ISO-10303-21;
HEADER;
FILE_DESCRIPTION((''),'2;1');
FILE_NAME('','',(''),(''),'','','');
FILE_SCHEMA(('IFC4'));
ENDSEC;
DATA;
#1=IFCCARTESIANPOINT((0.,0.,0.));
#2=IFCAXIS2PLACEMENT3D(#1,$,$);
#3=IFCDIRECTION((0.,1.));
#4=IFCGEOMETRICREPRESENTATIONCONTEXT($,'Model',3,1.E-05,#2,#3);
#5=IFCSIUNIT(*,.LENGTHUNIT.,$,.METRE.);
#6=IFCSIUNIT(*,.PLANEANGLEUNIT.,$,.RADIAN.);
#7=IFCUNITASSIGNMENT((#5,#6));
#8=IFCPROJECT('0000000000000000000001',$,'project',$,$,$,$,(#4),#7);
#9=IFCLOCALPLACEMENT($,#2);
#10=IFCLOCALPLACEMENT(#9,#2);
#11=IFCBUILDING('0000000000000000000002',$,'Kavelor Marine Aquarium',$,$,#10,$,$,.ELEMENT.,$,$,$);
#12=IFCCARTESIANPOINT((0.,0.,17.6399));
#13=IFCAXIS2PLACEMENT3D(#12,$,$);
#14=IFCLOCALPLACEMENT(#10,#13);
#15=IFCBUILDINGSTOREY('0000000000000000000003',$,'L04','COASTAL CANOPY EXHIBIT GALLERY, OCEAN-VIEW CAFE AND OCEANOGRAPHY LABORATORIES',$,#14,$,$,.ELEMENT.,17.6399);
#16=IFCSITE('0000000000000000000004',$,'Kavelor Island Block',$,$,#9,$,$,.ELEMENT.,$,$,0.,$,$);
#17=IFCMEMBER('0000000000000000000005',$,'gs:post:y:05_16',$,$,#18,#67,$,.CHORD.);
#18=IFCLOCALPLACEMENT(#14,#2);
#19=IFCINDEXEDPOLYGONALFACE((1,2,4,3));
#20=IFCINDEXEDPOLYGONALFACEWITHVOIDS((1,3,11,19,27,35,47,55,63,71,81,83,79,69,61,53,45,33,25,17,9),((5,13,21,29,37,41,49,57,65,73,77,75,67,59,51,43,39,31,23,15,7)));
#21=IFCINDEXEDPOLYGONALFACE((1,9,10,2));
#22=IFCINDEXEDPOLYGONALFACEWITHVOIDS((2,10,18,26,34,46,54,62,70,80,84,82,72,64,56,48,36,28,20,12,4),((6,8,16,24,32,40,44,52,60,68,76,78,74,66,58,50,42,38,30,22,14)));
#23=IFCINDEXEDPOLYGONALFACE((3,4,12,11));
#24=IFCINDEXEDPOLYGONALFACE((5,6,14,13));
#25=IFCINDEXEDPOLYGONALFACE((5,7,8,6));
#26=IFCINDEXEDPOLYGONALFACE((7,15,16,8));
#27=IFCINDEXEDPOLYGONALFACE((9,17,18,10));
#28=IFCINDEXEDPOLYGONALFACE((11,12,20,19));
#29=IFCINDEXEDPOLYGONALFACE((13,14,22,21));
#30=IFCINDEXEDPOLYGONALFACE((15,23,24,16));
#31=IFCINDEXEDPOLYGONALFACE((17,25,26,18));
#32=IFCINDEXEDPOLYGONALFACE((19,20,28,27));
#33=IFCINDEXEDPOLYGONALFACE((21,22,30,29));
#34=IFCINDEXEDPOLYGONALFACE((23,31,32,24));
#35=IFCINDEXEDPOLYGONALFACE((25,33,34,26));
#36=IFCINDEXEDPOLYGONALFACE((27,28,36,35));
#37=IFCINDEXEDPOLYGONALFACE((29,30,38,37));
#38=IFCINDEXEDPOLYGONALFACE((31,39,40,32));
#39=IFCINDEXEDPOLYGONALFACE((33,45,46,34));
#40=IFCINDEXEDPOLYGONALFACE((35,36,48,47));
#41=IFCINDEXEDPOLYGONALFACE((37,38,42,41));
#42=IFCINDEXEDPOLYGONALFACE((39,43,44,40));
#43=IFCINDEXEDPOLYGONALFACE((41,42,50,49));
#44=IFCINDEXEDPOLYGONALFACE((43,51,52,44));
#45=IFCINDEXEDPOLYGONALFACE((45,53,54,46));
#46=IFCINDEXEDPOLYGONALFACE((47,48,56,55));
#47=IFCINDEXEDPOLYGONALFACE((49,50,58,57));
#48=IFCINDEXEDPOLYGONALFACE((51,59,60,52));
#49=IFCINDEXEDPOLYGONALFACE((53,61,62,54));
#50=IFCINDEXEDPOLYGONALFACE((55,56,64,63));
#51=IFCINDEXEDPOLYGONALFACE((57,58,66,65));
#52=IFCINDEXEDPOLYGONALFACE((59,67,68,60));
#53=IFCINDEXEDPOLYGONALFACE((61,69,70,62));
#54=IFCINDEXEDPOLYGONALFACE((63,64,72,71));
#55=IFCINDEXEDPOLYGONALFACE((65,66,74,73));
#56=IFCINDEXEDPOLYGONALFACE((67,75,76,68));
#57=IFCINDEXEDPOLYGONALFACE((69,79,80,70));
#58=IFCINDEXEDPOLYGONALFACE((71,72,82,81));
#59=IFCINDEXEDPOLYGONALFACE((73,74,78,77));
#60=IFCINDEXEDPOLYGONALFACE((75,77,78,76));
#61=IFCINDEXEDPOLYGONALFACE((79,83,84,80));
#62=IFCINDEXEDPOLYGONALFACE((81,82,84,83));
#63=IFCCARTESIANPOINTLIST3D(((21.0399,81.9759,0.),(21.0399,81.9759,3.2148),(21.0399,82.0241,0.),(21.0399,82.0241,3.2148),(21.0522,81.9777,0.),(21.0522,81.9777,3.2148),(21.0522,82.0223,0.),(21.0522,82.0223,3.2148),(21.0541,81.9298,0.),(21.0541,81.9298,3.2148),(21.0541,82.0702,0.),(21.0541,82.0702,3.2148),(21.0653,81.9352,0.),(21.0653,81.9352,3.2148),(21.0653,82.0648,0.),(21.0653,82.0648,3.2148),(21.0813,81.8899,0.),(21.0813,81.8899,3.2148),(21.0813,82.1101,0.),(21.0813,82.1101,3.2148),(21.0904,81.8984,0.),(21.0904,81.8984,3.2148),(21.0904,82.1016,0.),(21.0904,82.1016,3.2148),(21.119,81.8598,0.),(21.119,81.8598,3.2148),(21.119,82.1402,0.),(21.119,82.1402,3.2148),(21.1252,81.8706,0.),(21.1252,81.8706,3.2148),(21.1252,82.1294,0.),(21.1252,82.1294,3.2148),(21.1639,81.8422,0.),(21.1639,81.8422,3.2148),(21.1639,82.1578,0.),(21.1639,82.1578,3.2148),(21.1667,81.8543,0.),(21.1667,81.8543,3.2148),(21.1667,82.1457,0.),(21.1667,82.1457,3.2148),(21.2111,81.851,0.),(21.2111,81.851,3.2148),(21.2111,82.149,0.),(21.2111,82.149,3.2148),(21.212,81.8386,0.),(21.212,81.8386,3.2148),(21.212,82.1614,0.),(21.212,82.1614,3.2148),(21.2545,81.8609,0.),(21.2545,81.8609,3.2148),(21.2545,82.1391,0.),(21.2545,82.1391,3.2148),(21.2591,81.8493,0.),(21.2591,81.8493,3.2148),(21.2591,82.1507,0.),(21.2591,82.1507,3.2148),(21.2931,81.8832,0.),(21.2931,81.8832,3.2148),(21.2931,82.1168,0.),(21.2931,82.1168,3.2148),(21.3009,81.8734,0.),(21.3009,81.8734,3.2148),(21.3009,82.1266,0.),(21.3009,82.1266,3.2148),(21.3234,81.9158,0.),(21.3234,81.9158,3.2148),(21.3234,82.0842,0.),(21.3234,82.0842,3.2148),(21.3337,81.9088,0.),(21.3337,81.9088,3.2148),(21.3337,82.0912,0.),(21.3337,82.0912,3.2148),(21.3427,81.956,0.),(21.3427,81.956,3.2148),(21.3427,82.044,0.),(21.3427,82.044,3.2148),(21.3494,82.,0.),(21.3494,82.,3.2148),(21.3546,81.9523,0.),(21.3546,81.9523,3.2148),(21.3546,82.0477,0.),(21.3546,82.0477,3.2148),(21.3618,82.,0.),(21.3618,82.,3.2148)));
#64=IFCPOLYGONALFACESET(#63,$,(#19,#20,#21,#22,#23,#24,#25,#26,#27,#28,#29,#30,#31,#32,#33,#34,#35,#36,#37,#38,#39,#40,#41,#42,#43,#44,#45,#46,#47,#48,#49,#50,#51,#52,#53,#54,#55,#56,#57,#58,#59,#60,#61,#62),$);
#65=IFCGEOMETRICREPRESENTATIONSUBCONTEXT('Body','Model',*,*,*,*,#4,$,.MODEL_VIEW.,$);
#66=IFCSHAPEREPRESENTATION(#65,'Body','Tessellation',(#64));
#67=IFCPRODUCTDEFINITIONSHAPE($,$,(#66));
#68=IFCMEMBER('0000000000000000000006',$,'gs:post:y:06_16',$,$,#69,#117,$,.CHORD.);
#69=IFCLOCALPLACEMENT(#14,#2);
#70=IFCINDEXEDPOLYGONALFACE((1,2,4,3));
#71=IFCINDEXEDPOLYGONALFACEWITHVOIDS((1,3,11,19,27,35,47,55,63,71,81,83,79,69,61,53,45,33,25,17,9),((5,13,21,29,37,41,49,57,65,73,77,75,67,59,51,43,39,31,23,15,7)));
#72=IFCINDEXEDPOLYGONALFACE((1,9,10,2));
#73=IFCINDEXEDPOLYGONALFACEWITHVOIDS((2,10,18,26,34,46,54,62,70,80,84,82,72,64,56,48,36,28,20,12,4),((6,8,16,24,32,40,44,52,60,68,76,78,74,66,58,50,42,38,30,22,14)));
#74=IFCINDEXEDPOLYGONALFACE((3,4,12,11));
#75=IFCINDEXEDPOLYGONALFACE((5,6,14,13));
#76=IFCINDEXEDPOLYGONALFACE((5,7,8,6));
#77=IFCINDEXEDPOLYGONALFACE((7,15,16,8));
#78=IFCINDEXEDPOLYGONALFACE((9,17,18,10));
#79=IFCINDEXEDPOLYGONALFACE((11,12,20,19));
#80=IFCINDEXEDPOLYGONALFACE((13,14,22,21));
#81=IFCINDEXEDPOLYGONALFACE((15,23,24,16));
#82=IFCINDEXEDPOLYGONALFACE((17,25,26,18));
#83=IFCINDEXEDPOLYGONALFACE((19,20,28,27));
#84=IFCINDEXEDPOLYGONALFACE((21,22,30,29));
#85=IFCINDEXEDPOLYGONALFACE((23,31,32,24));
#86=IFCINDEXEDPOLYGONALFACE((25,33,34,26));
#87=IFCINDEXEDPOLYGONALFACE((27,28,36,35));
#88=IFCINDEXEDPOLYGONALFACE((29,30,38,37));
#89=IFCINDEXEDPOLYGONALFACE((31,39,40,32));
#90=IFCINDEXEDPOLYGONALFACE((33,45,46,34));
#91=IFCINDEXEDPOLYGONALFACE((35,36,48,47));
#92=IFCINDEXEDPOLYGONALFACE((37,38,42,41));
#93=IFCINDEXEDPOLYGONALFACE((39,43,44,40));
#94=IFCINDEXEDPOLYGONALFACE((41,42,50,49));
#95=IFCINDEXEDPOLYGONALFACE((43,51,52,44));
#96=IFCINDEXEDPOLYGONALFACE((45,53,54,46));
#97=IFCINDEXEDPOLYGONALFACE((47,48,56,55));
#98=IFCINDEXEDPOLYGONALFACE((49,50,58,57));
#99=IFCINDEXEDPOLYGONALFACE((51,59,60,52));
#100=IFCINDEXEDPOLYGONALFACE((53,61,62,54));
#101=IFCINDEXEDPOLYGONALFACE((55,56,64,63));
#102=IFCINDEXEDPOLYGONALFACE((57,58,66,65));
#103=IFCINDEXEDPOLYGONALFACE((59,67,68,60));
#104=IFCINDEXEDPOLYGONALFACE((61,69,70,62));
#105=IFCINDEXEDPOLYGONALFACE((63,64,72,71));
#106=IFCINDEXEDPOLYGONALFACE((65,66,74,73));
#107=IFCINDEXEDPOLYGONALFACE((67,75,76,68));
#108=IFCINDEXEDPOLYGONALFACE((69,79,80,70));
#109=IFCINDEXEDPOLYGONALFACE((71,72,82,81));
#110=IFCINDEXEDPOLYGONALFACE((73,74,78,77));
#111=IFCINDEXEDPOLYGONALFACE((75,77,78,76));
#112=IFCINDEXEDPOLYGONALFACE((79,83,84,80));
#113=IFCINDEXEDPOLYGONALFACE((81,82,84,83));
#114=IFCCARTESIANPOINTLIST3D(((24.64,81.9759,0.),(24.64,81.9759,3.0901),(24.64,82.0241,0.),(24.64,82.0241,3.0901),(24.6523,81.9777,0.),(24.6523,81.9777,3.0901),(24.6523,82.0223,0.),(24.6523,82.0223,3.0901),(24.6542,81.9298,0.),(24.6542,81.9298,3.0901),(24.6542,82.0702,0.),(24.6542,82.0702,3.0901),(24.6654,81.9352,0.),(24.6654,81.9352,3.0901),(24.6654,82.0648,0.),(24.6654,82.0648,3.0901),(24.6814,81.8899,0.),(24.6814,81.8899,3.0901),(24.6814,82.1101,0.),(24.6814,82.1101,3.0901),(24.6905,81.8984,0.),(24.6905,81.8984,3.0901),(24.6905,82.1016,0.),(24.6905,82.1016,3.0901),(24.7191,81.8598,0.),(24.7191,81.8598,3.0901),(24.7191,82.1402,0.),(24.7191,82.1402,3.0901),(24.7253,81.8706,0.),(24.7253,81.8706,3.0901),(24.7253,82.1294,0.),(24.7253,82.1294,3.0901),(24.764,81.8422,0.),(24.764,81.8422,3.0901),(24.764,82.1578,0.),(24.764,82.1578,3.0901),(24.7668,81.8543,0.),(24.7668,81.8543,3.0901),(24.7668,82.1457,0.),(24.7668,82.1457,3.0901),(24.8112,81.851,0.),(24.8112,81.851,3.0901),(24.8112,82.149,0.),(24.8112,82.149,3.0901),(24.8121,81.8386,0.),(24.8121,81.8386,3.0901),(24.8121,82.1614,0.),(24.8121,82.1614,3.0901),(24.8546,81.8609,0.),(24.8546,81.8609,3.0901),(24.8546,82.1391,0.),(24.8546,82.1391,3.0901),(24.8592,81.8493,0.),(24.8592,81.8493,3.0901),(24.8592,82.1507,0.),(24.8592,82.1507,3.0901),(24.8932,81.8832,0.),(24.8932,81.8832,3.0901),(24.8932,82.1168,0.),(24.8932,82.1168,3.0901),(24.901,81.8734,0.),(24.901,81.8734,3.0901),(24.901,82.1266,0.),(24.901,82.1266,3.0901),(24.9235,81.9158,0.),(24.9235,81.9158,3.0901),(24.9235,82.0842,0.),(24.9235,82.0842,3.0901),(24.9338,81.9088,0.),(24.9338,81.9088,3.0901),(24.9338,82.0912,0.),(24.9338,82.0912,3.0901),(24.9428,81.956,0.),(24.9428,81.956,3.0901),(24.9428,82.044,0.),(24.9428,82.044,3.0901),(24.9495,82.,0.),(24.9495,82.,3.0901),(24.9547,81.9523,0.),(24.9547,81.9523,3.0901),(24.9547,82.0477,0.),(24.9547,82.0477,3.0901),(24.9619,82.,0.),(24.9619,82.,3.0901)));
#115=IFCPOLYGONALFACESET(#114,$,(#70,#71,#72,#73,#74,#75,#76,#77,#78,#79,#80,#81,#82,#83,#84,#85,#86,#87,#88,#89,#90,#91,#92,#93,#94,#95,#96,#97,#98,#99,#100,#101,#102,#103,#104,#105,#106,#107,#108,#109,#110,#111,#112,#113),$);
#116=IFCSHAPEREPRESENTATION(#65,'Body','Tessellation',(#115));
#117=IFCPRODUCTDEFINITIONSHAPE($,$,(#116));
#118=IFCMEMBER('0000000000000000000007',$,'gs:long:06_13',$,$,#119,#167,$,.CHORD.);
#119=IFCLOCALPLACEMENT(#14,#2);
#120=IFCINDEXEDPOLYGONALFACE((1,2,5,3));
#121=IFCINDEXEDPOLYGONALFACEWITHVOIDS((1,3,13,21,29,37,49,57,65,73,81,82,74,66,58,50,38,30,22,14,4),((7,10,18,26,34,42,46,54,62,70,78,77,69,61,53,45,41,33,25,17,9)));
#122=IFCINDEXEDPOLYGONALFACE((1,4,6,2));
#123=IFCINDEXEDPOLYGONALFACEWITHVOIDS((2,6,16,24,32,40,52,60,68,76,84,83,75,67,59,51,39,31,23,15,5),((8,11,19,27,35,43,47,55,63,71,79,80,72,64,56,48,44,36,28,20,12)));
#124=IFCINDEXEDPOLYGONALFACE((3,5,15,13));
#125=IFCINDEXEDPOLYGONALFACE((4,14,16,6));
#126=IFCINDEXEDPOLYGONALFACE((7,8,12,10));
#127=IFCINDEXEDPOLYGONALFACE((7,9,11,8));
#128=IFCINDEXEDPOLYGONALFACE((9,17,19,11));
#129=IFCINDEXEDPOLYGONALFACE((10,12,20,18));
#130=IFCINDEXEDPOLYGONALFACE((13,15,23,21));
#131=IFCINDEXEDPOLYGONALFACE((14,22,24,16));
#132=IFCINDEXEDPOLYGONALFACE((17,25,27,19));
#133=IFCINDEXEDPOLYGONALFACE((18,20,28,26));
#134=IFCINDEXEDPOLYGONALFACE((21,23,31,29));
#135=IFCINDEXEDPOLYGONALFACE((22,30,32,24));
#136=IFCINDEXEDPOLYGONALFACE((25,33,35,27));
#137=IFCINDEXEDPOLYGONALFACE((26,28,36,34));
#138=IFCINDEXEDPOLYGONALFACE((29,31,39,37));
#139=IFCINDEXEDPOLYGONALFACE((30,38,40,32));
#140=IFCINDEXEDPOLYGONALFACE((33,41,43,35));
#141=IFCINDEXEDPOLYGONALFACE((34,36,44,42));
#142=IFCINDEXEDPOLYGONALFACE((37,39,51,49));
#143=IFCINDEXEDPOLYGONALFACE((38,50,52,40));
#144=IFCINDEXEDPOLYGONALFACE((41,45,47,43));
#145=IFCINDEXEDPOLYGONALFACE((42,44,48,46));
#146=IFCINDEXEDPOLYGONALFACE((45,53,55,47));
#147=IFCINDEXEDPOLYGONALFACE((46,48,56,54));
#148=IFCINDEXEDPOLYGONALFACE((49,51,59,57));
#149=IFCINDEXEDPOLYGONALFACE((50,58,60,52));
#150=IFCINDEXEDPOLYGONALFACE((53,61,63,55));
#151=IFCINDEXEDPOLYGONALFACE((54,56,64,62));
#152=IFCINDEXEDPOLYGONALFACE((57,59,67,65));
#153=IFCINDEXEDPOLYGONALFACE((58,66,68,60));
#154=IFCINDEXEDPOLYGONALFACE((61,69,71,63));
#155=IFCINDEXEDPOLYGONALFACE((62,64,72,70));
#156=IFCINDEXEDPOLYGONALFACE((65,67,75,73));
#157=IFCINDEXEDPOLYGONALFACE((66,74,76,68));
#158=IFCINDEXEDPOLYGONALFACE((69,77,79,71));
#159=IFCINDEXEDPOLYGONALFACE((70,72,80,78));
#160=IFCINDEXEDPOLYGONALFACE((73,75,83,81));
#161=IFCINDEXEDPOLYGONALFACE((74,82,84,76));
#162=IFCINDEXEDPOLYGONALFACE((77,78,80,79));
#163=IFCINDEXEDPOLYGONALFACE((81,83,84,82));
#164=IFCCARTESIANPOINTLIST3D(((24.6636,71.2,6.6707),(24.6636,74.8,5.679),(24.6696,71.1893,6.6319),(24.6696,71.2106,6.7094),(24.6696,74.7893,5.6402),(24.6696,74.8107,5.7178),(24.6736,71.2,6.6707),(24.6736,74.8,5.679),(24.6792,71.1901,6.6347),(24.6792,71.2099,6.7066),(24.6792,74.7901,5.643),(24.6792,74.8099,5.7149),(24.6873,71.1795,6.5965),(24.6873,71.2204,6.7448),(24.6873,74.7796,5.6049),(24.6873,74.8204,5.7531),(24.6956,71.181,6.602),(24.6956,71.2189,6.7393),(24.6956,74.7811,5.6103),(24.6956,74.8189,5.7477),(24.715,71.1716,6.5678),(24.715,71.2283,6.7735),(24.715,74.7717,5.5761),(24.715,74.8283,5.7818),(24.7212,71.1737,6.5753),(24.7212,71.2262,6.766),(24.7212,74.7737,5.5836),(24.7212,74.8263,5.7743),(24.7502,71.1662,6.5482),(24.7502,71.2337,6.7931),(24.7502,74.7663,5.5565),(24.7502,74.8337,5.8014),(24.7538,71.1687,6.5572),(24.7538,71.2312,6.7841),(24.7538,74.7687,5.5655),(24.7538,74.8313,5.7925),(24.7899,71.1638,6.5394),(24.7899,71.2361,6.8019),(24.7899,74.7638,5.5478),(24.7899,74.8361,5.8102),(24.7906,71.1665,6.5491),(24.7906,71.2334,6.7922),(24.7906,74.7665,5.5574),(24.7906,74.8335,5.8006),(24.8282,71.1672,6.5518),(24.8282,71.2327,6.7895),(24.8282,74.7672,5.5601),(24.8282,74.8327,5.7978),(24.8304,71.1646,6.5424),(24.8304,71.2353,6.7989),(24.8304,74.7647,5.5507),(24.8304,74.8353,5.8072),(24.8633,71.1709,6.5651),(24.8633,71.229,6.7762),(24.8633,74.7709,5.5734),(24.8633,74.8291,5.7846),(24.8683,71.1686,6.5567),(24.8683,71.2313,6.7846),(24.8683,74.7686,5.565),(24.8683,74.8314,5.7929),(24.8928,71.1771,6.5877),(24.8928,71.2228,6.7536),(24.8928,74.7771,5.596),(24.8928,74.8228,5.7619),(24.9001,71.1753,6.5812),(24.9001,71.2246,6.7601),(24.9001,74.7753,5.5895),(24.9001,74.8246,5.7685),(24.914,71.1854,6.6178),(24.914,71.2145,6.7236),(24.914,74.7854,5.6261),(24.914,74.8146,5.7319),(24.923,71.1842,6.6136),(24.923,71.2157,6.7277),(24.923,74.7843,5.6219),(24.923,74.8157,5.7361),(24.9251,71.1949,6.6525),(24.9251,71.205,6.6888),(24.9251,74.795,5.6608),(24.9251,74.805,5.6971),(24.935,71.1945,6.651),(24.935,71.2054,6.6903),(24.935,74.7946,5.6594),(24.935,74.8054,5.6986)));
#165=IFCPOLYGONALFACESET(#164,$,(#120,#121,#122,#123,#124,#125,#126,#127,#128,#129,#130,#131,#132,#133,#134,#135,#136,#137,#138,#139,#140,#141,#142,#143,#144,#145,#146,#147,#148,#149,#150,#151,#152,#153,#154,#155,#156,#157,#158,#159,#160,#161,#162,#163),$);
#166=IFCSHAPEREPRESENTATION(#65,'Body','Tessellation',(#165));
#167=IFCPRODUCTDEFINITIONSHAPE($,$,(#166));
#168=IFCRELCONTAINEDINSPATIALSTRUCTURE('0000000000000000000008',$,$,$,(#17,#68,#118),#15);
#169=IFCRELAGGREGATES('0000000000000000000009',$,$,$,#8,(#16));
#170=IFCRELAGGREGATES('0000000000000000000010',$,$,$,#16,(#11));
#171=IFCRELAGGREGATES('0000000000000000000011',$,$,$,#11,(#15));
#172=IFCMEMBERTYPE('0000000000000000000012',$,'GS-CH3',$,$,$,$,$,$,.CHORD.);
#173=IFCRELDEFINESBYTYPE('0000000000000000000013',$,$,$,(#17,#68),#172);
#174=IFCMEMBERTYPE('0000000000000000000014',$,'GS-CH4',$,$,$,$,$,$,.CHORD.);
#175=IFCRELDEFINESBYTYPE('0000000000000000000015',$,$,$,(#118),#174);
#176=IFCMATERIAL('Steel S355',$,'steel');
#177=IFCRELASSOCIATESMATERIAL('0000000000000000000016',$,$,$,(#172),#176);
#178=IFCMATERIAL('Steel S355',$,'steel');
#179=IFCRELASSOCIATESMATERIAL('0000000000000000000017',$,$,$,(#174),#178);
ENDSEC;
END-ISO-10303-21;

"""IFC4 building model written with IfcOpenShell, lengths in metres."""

from ifc_helpers import new_model, si_unit, direction, frame, origin, origin_2d, place, context, subcontext, project, spatial, hollow_circle, extrude, material, material_profile, profile_set, type_object, element, save


model = new_model("IFC4")

# Units and contexts
model_context = context("Model", 3, precision=1e-05, world=origin(), true_north=direction((0.0, 1.0)))
body_context = subcontext(model_context, "Body", "Model", "MODEL_VIEW")
ifc_project = project(units=[si_unit("LENGTHUNIT", "METRE"), si_unit("PLANEANGLEUNIT", "RADIAN")], contexts=[model_context])

# Site, building, storey
site_placement = place(None, origin())
site = spatial("IfcSite", under=ifc_project, at=site_placement, Name="Kavelor Island Block", CompositionType="ELEMENT", RefElevation=0.0)
building_placement = place(site_placement, origin())
building = spatial("IfcBuilding", under=site, at=building_placement, Name="Kavelor Marine Aquarium", CompositionType="ELEMENT")
storey_placement = place(building_placement, frame((0.0, 0.0, 17.6399)))
storey = spatial("IfcBuildingStorey", under=building, at=storey_placement, Name="L04", Description="COASTAL CANOPY EXHIBIT GALLERY, OCEAN-VIEW CAFE AND OCEANOGRAPHY LABORATORIES", CompositionType="ELEMENT", Elevation=17.6399)

# Members
ifc_material_1 = material(Name="Steel S355", Category="steel")
ifc_material_profile_1 = material_profile(ifc_material_1, hollow_circle(Radius=0.1619, WallThickness=0.0125, at=origin_2d()), Name="CHS 323.9x12.5")
ifc_profile_set_1 = profile_set([ifc_material_profile_1], Name="Steel S355")
member_type_1 = type_object("IfcMemberType", Name="GS-CH3", PredefinedType="CHORD", material=ifc_profile_set_1)
member_1_placement = place(storey_placement, frame((21.2, 82.0, 0.0), z_axis=(0.0, 0.0, 1.0), x_axis=(1.0, 0.0, 0.0)))
element("IfcMember", 1, at=member_1_placement, inside=storey, type_object=member_type_1, Name="gs:post:y:05_16", PredefinedType="CHORD", context=body_context, shape_type="SweptSolid", body=[
    extrude(hollow_circle(Radius=0.1619, WallThickness=0.0125, at=origin_2d()), origin(), (0.0, 0.0, 1.0), 3.2148),
])
member_2_placement = place(storey_placement, frame((24.8, 82.0, 0.0), z_axis=(0.0, 0.0, 1.0), x_axis=(1.0, 0.0, 0.0)))
element("IfcMember", 2, at=member_2_placement, inside=storey, type_object=member_type_1, Name="gs:post:y:06_16", PredefinedType="CHORD", context=body_context, shape_type="SweptSolid", body=[
    extrude(hollow_circle(Radius=0.1619, WallThickness=0.0125, at=origin_2d()), origin(), (0.0, 0.0, 1.0), 3.0901),
])
ifc_material_2 = material(Name="Steel S355", Category="steel")
ifc_material_profile_2 = material_profile(ifc_material_2, hollow_circle(Radius=0.1365, WallThickness=0.01, at=origin_2d()), Name="CHS 273.0x10.0")
ifc_profile_set_2 = profile_set([ifc_material_profile_2], Name="Steel S355")
member_type_2 = type_object("IfcMemberType", Name="GS-CH4", PredefinedType="CHORD", material=ifc_profile_set_2)
member_3_placement = place(storey_placement, frame((24.8, 71.2, 6.6707), z_axis=(0.0, 0.964091, -0.265573), x_axis=(-1.0, 0.0, 0.0)))
element("IfcMember", 3, at=member_3_placement, inside=storey, type_object=member_type_2, Name="gs:long:06_13", PredefinedType="CHORD", context=body_context, shape_type="SweptSolid", body=[
    extrude(hollow_circle(Radius=0.1365, WallThickness=0.01, at=origin_2d()), origin(), (0.0, 0.0, 1.0), 3.7341),
])

save(model, "model.ifc")
